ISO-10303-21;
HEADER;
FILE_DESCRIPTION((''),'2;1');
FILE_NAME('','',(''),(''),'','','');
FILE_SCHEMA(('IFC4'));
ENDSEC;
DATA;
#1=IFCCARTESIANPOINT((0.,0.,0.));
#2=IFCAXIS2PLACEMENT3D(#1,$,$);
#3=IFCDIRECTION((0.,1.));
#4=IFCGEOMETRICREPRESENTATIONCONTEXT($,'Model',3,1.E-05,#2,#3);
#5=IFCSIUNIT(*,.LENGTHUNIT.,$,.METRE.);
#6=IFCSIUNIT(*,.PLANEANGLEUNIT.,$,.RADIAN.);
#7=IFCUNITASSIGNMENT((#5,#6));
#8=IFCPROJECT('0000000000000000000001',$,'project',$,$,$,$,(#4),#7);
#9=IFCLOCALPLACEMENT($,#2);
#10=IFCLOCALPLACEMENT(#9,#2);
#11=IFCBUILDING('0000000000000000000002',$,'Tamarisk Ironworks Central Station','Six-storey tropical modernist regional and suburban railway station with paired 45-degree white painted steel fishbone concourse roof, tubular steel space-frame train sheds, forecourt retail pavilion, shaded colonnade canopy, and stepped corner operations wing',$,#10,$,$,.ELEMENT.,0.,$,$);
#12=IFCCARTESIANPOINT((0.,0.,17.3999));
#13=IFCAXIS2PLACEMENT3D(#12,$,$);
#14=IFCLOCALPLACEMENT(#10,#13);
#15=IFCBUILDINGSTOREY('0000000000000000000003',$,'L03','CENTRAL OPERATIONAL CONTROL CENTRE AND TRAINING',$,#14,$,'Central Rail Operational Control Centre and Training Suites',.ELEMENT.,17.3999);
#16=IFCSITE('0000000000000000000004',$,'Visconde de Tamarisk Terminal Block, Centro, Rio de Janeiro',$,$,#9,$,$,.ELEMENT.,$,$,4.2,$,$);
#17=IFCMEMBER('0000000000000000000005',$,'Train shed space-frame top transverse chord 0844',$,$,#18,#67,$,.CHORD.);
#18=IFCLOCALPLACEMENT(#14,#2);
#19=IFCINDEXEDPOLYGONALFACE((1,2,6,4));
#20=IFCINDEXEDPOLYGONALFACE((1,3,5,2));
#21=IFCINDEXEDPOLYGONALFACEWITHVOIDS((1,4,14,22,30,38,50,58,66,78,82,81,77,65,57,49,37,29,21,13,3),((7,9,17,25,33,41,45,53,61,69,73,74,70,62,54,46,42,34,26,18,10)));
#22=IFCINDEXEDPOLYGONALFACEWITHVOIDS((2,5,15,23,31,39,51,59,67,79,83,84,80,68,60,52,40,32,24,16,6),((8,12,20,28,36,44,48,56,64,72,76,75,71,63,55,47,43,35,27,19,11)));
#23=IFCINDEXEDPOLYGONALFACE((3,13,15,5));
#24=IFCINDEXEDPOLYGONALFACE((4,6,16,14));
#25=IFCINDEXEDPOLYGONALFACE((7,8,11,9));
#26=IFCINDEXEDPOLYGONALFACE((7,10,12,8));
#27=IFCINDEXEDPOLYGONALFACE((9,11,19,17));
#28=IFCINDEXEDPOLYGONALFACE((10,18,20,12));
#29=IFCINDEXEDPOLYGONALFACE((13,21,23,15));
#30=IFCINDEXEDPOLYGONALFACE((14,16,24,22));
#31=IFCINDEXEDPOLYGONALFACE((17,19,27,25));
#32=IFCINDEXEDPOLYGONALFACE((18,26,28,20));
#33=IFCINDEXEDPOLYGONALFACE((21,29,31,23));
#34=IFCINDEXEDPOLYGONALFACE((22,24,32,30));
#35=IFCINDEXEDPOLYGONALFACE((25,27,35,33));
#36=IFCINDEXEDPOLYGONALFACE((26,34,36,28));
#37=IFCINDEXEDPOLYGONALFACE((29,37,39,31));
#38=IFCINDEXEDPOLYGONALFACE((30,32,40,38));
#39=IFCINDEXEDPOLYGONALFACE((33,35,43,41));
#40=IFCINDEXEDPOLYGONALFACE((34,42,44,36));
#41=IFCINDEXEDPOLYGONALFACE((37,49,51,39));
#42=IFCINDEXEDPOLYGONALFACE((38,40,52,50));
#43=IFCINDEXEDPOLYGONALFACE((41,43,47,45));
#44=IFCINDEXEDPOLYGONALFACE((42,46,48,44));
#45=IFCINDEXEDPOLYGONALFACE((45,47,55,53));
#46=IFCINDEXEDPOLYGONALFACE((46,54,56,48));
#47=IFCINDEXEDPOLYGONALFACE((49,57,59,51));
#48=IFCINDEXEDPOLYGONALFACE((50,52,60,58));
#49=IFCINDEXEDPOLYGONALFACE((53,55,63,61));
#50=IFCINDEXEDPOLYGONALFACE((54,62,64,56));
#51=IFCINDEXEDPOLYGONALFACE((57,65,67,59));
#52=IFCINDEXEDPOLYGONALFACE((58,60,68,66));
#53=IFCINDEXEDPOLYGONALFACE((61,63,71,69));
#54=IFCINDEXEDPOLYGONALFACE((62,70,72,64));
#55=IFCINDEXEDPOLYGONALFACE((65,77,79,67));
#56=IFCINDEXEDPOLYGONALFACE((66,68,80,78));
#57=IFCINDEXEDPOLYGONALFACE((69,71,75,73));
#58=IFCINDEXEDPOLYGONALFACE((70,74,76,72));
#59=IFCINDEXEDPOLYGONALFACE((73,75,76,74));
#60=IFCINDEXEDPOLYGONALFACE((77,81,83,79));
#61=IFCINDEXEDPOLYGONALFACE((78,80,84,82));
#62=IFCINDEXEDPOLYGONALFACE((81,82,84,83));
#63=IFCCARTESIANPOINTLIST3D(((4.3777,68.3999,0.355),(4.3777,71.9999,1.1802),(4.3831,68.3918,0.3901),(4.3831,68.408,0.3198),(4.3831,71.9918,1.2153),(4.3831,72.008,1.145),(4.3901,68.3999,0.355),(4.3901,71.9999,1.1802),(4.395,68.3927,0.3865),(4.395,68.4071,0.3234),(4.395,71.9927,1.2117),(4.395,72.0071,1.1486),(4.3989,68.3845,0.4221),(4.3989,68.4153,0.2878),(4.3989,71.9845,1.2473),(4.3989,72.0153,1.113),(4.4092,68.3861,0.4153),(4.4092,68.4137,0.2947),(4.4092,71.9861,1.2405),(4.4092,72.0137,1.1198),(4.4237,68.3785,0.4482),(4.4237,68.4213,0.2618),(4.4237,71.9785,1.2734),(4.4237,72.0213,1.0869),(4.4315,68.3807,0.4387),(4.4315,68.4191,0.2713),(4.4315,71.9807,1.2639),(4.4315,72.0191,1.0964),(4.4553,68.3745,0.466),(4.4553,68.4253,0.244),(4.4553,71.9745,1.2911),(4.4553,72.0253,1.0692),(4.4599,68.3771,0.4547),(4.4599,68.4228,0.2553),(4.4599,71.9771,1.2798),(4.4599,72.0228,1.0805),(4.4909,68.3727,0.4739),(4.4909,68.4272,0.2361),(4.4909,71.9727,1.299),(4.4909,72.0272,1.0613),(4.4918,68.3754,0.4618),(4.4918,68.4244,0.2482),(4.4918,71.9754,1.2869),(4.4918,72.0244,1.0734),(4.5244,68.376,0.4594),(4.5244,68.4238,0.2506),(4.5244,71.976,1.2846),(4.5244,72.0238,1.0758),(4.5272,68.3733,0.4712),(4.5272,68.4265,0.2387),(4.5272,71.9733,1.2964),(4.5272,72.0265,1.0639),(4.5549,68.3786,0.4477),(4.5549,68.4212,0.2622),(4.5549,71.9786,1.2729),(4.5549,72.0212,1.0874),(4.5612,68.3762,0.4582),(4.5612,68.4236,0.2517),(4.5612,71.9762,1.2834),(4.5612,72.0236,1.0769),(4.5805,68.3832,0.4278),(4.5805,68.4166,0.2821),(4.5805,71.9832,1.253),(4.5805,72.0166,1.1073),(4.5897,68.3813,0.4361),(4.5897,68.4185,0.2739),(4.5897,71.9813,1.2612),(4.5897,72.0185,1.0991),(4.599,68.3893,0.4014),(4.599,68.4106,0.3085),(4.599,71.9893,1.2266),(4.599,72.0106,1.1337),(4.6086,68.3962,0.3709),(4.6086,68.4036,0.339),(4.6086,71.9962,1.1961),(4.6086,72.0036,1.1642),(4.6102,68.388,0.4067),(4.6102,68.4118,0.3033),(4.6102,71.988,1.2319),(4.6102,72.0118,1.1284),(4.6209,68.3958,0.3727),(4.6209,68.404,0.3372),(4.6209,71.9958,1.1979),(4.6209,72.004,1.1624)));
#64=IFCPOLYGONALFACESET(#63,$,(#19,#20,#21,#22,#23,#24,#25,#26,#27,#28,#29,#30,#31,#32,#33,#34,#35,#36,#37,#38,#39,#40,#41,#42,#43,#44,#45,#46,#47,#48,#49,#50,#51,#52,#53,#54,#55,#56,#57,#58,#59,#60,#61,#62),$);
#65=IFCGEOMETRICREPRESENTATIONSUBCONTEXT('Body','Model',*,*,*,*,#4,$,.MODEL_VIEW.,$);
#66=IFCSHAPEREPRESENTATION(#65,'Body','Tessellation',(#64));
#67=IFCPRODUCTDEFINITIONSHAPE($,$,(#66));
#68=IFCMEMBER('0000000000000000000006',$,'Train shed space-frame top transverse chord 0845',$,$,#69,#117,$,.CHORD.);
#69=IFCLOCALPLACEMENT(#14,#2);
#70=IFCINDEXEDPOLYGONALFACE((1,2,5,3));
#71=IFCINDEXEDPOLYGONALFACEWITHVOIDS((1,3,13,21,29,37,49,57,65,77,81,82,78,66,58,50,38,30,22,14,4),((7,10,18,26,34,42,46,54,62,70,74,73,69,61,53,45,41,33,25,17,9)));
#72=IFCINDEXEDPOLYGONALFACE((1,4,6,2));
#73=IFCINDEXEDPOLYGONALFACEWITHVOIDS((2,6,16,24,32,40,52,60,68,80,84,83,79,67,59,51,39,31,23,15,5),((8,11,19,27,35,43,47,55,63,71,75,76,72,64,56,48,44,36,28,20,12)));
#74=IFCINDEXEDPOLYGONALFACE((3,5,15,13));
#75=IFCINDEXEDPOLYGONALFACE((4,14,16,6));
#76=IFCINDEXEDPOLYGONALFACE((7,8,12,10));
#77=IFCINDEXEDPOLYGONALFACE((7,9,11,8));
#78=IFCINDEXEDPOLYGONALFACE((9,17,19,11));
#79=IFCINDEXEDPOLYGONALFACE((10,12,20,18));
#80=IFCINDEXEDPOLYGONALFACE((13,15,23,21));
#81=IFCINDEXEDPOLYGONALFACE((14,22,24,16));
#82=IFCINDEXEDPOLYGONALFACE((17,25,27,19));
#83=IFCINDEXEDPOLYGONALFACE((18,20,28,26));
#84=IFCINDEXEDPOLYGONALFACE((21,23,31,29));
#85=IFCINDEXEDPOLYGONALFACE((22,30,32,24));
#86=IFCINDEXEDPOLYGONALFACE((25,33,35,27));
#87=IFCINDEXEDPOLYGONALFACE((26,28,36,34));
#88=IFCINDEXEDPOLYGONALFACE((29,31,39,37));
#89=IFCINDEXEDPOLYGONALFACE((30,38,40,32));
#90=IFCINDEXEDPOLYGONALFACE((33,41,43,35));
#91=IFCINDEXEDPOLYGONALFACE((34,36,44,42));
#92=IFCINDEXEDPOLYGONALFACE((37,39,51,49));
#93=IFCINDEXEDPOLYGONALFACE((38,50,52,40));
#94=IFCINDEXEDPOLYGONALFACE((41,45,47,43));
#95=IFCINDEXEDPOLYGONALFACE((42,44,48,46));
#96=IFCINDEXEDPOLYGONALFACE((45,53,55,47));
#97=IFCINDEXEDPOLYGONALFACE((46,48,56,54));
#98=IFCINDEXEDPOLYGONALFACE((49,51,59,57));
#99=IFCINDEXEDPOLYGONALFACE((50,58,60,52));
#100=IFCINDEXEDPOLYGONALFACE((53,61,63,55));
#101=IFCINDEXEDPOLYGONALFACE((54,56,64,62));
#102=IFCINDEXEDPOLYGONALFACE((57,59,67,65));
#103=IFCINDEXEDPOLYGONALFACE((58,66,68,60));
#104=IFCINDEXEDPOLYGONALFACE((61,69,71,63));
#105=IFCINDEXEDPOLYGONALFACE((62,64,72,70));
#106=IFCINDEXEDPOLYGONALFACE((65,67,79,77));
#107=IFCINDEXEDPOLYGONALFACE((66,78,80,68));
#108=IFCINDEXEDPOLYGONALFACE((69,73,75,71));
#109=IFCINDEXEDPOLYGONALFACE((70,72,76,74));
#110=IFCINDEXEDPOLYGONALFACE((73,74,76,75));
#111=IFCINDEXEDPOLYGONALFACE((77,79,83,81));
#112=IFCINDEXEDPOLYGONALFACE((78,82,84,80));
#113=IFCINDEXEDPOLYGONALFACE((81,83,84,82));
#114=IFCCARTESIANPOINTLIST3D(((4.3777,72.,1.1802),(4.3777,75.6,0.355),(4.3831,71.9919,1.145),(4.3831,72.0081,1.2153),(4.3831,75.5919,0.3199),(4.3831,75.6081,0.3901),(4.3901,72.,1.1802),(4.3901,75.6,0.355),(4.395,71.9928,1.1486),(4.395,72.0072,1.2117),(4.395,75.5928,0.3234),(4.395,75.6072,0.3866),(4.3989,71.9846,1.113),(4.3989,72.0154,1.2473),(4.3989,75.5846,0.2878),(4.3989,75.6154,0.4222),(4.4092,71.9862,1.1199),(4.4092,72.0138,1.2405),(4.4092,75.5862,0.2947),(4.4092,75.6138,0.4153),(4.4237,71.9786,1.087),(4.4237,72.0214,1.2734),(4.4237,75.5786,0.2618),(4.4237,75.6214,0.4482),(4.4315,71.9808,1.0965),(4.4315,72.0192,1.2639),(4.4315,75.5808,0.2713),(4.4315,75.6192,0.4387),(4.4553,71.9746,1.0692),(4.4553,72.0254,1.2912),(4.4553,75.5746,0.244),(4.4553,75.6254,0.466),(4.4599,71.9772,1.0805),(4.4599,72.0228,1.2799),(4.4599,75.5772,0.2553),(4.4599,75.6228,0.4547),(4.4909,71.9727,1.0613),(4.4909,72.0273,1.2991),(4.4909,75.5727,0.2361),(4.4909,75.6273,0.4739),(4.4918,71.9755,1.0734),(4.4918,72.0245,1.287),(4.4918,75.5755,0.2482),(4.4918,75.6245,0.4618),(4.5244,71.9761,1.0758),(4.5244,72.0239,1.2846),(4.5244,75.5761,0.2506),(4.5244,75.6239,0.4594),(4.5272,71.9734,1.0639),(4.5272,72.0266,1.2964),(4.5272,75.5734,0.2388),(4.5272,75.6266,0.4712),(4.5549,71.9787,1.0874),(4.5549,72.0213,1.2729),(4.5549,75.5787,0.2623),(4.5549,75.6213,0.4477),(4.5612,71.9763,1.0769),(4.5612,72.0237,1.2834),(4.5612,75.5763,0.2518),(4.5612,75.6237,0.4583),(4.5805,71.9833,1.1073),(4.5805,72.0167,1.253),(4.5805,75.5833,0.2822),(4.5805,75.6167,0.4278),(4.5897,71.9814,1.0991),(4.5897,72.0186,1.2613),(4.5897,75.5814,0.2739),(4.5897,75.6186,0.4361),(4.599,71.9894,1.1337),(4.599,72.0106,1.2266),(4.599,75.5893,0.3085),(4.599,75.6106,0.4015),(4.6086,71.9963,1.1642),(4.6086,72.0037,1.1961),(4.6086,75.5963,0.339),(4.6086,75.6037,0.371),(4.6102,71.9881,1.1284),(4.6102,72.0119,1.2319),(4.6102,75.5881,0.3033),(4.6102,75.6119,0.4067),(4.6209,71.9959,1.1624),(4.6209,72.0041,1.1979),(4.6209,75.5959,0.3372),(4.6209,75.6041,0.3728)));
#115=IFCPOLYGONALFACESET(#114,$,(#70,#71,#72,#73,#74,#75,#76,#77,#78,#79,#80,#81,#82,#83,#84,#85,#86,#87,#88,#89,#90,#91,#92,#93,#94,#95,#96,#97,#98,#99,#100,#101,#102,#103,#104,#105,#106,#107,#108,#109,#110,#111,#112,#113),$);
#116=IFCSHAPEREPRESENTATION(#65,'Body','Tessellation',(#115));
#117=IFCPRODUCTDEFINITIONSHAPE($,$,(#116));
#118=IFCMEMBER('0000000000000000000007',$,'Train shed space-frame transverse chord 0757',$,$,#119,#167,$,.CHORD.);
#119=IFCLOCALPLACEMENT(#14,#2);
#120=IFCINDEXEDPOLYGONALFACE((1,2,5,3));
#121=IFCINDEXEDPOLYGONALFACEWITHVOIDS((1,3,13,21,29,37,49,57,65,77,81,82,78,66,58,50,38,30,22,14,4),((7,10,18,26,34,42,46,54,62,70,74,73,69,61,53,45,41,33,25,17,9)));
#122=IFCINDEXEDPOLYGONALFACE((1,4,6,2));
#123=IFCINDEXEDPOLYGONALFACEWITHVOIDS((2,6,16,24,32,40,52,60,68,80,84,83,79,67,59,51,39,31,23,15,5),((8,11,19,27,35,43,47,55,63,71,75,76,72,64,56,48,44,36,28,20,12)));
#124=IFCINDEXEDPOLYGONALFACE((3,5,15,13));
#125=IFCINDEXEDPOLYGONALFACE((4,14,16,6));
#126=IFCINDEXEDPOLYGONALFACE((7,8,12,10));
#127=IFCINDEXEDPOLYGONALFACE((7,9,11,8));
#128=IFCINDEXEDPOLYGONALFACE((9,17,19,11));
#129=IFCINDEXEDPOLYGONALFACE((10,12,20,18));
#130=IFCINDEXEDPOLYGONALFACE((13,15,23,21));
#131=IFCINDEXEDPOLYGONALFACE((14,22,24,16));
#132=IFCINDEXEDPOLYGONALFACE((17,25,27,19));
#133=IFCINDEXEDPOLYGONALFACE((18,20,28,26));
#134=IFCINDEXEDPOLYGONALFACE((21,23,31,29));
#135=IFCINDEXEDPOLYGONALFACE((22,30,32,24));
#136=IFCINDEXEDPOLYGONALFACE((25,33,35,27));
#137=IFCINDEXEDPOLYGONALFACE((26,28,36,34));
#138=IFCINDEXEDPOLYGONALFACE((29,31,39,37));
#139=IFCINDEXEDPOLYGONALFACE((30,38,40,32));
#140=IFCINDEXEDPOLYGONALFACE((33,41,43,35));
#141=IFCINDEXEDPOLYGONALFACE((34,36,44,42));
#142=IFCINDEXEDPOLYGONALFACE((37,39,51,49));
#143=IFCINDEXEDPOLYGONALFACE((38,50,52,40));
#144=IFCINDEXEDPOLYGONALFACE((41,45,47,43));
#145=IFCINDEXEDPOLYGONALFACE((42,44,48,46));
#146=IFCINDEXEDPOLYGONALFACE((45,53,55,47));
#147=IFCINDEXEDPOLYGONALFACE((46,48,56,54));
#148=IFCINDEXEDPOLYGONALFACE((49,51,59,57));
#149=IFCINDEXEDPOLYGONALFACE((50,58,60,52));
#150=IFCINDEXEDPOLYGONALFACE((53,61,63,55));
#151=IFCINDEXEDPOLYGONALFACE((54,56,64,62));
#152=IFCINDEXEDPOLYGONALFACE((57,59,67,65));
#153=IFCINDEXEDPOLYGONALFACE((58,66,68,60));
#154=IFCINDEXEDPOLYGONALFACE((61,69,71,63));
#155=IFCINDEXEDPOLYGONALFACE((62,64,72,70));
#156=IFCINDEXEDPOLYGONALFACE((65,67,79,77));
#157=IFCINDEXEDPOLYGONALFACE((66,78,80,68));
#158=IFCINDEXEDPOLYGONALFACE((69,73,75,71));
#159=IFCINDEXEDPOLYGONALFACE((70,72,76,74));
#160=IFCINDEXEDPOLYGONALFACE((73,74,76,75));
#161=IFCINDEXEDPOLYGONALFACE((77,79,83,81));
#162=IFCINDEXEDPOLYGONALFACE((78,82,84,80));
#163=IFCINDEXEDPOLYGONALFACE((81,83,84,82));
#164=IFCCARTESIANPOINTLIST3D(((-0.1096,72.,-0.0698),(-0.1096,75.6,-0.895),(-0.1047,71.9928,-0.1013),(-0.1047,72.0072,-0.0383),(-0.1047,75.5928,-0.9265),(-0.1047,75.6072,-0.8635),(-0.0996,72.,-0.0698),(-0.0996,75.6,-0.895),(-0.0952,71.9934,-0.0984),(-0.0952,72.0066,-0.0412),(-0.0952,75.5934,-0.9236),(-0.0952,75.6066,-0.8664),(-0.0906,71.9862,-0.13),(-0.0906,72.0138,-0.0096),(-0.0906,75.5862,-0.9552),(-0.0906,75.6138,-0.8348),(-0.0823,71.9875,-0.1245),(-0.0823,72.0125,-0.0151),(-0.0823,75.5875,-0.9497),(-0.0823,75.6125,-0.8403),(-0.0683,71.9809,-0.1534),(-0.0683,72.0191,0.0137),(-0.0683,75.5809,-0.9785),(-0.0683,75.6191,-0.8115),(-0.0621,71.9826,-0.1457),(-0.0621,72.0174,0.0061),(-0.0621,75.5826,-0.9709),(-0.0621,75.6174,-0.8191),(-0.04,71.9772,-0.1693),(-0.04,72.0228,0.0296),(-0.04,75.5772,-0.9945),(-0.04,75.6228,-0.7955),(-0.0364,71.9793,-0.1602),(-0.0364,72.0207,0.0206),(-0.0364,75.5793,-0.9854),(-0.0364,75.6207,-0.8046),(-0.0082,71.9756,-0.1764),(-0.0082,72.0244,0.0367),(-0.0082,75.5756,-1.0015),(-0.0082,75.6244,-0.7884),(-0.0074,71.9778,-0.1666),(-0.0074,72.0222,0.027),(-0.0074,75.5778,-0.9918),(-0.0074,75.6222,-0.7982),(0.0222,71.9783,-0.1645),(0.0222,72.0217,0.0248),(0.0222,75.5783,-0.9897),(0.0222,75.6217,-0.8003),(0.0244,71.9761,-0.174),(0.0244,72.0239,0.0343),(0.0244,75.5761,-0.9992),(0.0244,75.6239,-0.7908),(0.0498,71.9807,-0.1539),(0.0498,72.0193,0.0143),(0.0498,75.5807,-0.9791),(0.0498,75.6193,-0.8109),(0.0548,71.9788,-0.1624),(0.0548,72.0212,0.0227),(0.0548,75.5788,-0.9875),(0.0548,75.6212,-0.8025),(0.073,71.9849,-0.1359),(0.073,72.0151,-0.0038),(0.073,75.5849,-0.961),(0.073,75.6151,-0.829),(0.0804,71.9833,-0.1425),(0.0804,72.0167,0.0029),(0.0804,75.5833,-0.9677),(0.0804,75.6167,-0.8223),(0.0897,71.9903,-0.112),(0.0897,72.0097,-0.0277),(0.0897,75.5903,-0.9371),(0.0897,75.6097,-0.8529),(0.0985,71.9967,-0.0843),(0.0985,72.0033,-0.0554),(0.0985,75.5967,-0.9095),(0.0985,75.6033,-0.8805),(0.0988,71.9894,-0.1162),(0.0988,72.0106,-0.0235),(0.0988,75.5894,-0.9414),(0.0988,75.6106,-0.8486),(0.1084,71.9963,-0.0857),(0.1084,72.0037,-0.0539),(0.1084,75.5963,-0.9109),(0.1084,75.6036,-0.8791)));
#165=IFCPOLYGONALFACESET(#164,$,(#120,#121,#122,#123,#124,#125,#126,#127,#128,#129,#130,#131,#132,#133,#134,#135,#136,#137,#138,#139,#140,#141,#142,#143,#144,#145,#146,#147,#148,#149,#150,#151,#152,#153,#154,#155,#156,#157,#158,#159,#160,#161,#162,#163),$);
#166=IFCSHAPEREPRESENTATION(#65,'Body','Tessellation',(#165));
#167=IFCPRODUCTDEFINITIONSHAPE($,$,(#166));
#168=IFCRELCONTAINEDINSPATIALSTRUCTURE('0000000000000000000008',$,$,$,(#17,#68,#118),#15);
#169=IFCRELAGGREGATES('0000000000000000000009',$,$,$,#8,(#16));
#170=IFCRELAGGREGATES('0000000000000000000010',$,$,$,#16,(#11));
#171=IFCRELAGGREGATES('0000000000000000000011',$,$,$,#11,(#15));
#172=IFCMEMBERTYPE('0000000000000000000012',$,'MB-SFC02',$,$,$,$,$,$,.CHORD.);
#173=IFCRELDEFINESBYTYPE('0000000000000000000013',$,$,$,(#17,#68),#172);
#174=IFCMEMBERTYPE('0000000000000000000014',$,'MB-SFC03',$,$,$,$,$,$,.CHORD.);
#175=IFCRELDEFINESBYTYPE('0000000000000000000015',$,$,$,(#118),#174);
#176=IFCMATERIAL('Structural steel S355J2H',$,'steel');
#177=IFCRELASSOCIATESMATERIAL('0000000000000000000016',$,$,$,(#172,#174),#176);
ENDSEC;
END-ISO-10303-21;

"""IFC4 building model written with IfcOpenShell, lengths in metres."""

from ifc_helpers import new_model, si_unit, direction, frame, origin, origin_2d, place, context, subcontext, project, spatial, hollow_circle, extrude, material, material_profile, profile_set, type_object, element, save


model = new_model("IFC4")

# Units and contexts
model_context = context("Model", 3, precision=1e-05, world=origin(), true_north=direction((0.0, 1.0)))
body_context = subcontext(model_context, "Body", "Model", "MODEL_VIEW")
ifc_project = project(units=[si_unit("LENGTHUNIT", "METRE"), si_unit("PLANEANGLEUNIT", "RADIAN")], contexts=[model_context])

# Site, building, storey
site_placement = place(None, origin())
site = spatial("IfcSite", under=ifc_project, at=site_placement, Name="Visconde de Tamarisk Terminal Block, Centro, Rio de Janeiro", CompositionType="ELEMENT", RefElevation=4.2)
building_placement = place(site_placement, origin())
building = spatial("IfcBuilding", under=site, at=building_placement, Name="Tamarisk Ironworks Central Station", Description="Six-storey tropical modernist regional and suburban railway station with paired 45-degree white painted steel fishbone concourse roof, tubular steel space-frame train sheds, forecourt retail pavilion, shaded colonnade canopy, and stepped corner operations wing", CompositionType="ELEMENT", ElevationOfRefHeight=0.0)
storey_placement = place(building_placement, frame((0.0, 0.0, 17.3999)))
storey = spatial("IfcBuildingStorey", under=building, at=storey_placement, Name="L03", Description="CENTRAL OPERATIONAL CONTROL CENTRE AND TRAINING", LongName="Central Rail Operational Control Centre and Training Suites", CompositionType="ELEMENT", Elevation=17.3999)

# Members
ifc_material_1 = material(Name="Structural steel S355J2H", Category="steel")
ifc_material_profile_1 = material_profile(ifc_material_1, hollow_circle(Radius=0.1223, WallThickness=0.0125, at=origin_2d()), Name="CHS 244.5x12.5")
ifc_profile_set_1 = profile_set([ifc_material_profile_1], Name="Structural steel S355J2H")
member_type_1 = type_object("IfcMemberType", Name="MB-SFC02", PredefinedType="CHORD", material=ifc_profile_set_1)
for number, where, z_axis, x_axis, name in (
    (1, (4.5, 68.3999, 0.355), (0.0, 0.974722, 0.223421), (-1.0, 0.0, 0.0), "Train shed space-frame top transverse chord 0844"),
    (2, (4.5, 72.0, 1.1802), (0.0, 0.974722, -0.223421), (-1.0, 0.0, 0.0), "Train shed space-frame top transverse chord 0845"),
):
    element("IfcMember", number, at=place(storey_placement, frame(where, z_axis=z_axis, x_axis=x_axis)), inside=storey, type_object=member_type_1, Name=name, PredefinedType="CHORD", context=body_context, shape_type="SweptSolid", body=[
        extrude(hollow_circle(Radius=0.1223, WallThickness=0.0125, at=origin_2d()), origin(), (0.0, 0.0, 1.0), 3.6934),
    ])
ifc_material_profile_2 = material_profile(ifc_material_1, hollow_circle(Radius=0.1096, WallThickness=0.01, at=origin_2d()), Name="CHS 219.1x10")
ifc_profile_set_2 = profile_set([ifc_material_profile_2], Name="Structural steel S355J2H")
member_type_2 = type_object("IfcMemberType", Name="MB-SFC03", PredefinedType="CHORD", material=ifc_profile_set_2)
member_1_placement = place(storey_placement, frame((0.0, 72.0, -0.0698), z_axis=(0.0, 0.974722, -0.223421), x_axis=(-1.0, 0.0, 0.0)))
element("IfcMember", 3, at=member_1_placement, inside=storey, type_object=member_type_2, Name="Train shed space-frame transverse chord 0757", PredefinedType="CHORD", context=body_context, shape_type="SweptSolid", body=[
    extrude(hollow_circle(Radius=0.1096, WallThickness=0.01, at=origin_2d()), origin(), (0.0, 0.0, 1.0), 3.6934),
])

save(model, "model.ifc")
